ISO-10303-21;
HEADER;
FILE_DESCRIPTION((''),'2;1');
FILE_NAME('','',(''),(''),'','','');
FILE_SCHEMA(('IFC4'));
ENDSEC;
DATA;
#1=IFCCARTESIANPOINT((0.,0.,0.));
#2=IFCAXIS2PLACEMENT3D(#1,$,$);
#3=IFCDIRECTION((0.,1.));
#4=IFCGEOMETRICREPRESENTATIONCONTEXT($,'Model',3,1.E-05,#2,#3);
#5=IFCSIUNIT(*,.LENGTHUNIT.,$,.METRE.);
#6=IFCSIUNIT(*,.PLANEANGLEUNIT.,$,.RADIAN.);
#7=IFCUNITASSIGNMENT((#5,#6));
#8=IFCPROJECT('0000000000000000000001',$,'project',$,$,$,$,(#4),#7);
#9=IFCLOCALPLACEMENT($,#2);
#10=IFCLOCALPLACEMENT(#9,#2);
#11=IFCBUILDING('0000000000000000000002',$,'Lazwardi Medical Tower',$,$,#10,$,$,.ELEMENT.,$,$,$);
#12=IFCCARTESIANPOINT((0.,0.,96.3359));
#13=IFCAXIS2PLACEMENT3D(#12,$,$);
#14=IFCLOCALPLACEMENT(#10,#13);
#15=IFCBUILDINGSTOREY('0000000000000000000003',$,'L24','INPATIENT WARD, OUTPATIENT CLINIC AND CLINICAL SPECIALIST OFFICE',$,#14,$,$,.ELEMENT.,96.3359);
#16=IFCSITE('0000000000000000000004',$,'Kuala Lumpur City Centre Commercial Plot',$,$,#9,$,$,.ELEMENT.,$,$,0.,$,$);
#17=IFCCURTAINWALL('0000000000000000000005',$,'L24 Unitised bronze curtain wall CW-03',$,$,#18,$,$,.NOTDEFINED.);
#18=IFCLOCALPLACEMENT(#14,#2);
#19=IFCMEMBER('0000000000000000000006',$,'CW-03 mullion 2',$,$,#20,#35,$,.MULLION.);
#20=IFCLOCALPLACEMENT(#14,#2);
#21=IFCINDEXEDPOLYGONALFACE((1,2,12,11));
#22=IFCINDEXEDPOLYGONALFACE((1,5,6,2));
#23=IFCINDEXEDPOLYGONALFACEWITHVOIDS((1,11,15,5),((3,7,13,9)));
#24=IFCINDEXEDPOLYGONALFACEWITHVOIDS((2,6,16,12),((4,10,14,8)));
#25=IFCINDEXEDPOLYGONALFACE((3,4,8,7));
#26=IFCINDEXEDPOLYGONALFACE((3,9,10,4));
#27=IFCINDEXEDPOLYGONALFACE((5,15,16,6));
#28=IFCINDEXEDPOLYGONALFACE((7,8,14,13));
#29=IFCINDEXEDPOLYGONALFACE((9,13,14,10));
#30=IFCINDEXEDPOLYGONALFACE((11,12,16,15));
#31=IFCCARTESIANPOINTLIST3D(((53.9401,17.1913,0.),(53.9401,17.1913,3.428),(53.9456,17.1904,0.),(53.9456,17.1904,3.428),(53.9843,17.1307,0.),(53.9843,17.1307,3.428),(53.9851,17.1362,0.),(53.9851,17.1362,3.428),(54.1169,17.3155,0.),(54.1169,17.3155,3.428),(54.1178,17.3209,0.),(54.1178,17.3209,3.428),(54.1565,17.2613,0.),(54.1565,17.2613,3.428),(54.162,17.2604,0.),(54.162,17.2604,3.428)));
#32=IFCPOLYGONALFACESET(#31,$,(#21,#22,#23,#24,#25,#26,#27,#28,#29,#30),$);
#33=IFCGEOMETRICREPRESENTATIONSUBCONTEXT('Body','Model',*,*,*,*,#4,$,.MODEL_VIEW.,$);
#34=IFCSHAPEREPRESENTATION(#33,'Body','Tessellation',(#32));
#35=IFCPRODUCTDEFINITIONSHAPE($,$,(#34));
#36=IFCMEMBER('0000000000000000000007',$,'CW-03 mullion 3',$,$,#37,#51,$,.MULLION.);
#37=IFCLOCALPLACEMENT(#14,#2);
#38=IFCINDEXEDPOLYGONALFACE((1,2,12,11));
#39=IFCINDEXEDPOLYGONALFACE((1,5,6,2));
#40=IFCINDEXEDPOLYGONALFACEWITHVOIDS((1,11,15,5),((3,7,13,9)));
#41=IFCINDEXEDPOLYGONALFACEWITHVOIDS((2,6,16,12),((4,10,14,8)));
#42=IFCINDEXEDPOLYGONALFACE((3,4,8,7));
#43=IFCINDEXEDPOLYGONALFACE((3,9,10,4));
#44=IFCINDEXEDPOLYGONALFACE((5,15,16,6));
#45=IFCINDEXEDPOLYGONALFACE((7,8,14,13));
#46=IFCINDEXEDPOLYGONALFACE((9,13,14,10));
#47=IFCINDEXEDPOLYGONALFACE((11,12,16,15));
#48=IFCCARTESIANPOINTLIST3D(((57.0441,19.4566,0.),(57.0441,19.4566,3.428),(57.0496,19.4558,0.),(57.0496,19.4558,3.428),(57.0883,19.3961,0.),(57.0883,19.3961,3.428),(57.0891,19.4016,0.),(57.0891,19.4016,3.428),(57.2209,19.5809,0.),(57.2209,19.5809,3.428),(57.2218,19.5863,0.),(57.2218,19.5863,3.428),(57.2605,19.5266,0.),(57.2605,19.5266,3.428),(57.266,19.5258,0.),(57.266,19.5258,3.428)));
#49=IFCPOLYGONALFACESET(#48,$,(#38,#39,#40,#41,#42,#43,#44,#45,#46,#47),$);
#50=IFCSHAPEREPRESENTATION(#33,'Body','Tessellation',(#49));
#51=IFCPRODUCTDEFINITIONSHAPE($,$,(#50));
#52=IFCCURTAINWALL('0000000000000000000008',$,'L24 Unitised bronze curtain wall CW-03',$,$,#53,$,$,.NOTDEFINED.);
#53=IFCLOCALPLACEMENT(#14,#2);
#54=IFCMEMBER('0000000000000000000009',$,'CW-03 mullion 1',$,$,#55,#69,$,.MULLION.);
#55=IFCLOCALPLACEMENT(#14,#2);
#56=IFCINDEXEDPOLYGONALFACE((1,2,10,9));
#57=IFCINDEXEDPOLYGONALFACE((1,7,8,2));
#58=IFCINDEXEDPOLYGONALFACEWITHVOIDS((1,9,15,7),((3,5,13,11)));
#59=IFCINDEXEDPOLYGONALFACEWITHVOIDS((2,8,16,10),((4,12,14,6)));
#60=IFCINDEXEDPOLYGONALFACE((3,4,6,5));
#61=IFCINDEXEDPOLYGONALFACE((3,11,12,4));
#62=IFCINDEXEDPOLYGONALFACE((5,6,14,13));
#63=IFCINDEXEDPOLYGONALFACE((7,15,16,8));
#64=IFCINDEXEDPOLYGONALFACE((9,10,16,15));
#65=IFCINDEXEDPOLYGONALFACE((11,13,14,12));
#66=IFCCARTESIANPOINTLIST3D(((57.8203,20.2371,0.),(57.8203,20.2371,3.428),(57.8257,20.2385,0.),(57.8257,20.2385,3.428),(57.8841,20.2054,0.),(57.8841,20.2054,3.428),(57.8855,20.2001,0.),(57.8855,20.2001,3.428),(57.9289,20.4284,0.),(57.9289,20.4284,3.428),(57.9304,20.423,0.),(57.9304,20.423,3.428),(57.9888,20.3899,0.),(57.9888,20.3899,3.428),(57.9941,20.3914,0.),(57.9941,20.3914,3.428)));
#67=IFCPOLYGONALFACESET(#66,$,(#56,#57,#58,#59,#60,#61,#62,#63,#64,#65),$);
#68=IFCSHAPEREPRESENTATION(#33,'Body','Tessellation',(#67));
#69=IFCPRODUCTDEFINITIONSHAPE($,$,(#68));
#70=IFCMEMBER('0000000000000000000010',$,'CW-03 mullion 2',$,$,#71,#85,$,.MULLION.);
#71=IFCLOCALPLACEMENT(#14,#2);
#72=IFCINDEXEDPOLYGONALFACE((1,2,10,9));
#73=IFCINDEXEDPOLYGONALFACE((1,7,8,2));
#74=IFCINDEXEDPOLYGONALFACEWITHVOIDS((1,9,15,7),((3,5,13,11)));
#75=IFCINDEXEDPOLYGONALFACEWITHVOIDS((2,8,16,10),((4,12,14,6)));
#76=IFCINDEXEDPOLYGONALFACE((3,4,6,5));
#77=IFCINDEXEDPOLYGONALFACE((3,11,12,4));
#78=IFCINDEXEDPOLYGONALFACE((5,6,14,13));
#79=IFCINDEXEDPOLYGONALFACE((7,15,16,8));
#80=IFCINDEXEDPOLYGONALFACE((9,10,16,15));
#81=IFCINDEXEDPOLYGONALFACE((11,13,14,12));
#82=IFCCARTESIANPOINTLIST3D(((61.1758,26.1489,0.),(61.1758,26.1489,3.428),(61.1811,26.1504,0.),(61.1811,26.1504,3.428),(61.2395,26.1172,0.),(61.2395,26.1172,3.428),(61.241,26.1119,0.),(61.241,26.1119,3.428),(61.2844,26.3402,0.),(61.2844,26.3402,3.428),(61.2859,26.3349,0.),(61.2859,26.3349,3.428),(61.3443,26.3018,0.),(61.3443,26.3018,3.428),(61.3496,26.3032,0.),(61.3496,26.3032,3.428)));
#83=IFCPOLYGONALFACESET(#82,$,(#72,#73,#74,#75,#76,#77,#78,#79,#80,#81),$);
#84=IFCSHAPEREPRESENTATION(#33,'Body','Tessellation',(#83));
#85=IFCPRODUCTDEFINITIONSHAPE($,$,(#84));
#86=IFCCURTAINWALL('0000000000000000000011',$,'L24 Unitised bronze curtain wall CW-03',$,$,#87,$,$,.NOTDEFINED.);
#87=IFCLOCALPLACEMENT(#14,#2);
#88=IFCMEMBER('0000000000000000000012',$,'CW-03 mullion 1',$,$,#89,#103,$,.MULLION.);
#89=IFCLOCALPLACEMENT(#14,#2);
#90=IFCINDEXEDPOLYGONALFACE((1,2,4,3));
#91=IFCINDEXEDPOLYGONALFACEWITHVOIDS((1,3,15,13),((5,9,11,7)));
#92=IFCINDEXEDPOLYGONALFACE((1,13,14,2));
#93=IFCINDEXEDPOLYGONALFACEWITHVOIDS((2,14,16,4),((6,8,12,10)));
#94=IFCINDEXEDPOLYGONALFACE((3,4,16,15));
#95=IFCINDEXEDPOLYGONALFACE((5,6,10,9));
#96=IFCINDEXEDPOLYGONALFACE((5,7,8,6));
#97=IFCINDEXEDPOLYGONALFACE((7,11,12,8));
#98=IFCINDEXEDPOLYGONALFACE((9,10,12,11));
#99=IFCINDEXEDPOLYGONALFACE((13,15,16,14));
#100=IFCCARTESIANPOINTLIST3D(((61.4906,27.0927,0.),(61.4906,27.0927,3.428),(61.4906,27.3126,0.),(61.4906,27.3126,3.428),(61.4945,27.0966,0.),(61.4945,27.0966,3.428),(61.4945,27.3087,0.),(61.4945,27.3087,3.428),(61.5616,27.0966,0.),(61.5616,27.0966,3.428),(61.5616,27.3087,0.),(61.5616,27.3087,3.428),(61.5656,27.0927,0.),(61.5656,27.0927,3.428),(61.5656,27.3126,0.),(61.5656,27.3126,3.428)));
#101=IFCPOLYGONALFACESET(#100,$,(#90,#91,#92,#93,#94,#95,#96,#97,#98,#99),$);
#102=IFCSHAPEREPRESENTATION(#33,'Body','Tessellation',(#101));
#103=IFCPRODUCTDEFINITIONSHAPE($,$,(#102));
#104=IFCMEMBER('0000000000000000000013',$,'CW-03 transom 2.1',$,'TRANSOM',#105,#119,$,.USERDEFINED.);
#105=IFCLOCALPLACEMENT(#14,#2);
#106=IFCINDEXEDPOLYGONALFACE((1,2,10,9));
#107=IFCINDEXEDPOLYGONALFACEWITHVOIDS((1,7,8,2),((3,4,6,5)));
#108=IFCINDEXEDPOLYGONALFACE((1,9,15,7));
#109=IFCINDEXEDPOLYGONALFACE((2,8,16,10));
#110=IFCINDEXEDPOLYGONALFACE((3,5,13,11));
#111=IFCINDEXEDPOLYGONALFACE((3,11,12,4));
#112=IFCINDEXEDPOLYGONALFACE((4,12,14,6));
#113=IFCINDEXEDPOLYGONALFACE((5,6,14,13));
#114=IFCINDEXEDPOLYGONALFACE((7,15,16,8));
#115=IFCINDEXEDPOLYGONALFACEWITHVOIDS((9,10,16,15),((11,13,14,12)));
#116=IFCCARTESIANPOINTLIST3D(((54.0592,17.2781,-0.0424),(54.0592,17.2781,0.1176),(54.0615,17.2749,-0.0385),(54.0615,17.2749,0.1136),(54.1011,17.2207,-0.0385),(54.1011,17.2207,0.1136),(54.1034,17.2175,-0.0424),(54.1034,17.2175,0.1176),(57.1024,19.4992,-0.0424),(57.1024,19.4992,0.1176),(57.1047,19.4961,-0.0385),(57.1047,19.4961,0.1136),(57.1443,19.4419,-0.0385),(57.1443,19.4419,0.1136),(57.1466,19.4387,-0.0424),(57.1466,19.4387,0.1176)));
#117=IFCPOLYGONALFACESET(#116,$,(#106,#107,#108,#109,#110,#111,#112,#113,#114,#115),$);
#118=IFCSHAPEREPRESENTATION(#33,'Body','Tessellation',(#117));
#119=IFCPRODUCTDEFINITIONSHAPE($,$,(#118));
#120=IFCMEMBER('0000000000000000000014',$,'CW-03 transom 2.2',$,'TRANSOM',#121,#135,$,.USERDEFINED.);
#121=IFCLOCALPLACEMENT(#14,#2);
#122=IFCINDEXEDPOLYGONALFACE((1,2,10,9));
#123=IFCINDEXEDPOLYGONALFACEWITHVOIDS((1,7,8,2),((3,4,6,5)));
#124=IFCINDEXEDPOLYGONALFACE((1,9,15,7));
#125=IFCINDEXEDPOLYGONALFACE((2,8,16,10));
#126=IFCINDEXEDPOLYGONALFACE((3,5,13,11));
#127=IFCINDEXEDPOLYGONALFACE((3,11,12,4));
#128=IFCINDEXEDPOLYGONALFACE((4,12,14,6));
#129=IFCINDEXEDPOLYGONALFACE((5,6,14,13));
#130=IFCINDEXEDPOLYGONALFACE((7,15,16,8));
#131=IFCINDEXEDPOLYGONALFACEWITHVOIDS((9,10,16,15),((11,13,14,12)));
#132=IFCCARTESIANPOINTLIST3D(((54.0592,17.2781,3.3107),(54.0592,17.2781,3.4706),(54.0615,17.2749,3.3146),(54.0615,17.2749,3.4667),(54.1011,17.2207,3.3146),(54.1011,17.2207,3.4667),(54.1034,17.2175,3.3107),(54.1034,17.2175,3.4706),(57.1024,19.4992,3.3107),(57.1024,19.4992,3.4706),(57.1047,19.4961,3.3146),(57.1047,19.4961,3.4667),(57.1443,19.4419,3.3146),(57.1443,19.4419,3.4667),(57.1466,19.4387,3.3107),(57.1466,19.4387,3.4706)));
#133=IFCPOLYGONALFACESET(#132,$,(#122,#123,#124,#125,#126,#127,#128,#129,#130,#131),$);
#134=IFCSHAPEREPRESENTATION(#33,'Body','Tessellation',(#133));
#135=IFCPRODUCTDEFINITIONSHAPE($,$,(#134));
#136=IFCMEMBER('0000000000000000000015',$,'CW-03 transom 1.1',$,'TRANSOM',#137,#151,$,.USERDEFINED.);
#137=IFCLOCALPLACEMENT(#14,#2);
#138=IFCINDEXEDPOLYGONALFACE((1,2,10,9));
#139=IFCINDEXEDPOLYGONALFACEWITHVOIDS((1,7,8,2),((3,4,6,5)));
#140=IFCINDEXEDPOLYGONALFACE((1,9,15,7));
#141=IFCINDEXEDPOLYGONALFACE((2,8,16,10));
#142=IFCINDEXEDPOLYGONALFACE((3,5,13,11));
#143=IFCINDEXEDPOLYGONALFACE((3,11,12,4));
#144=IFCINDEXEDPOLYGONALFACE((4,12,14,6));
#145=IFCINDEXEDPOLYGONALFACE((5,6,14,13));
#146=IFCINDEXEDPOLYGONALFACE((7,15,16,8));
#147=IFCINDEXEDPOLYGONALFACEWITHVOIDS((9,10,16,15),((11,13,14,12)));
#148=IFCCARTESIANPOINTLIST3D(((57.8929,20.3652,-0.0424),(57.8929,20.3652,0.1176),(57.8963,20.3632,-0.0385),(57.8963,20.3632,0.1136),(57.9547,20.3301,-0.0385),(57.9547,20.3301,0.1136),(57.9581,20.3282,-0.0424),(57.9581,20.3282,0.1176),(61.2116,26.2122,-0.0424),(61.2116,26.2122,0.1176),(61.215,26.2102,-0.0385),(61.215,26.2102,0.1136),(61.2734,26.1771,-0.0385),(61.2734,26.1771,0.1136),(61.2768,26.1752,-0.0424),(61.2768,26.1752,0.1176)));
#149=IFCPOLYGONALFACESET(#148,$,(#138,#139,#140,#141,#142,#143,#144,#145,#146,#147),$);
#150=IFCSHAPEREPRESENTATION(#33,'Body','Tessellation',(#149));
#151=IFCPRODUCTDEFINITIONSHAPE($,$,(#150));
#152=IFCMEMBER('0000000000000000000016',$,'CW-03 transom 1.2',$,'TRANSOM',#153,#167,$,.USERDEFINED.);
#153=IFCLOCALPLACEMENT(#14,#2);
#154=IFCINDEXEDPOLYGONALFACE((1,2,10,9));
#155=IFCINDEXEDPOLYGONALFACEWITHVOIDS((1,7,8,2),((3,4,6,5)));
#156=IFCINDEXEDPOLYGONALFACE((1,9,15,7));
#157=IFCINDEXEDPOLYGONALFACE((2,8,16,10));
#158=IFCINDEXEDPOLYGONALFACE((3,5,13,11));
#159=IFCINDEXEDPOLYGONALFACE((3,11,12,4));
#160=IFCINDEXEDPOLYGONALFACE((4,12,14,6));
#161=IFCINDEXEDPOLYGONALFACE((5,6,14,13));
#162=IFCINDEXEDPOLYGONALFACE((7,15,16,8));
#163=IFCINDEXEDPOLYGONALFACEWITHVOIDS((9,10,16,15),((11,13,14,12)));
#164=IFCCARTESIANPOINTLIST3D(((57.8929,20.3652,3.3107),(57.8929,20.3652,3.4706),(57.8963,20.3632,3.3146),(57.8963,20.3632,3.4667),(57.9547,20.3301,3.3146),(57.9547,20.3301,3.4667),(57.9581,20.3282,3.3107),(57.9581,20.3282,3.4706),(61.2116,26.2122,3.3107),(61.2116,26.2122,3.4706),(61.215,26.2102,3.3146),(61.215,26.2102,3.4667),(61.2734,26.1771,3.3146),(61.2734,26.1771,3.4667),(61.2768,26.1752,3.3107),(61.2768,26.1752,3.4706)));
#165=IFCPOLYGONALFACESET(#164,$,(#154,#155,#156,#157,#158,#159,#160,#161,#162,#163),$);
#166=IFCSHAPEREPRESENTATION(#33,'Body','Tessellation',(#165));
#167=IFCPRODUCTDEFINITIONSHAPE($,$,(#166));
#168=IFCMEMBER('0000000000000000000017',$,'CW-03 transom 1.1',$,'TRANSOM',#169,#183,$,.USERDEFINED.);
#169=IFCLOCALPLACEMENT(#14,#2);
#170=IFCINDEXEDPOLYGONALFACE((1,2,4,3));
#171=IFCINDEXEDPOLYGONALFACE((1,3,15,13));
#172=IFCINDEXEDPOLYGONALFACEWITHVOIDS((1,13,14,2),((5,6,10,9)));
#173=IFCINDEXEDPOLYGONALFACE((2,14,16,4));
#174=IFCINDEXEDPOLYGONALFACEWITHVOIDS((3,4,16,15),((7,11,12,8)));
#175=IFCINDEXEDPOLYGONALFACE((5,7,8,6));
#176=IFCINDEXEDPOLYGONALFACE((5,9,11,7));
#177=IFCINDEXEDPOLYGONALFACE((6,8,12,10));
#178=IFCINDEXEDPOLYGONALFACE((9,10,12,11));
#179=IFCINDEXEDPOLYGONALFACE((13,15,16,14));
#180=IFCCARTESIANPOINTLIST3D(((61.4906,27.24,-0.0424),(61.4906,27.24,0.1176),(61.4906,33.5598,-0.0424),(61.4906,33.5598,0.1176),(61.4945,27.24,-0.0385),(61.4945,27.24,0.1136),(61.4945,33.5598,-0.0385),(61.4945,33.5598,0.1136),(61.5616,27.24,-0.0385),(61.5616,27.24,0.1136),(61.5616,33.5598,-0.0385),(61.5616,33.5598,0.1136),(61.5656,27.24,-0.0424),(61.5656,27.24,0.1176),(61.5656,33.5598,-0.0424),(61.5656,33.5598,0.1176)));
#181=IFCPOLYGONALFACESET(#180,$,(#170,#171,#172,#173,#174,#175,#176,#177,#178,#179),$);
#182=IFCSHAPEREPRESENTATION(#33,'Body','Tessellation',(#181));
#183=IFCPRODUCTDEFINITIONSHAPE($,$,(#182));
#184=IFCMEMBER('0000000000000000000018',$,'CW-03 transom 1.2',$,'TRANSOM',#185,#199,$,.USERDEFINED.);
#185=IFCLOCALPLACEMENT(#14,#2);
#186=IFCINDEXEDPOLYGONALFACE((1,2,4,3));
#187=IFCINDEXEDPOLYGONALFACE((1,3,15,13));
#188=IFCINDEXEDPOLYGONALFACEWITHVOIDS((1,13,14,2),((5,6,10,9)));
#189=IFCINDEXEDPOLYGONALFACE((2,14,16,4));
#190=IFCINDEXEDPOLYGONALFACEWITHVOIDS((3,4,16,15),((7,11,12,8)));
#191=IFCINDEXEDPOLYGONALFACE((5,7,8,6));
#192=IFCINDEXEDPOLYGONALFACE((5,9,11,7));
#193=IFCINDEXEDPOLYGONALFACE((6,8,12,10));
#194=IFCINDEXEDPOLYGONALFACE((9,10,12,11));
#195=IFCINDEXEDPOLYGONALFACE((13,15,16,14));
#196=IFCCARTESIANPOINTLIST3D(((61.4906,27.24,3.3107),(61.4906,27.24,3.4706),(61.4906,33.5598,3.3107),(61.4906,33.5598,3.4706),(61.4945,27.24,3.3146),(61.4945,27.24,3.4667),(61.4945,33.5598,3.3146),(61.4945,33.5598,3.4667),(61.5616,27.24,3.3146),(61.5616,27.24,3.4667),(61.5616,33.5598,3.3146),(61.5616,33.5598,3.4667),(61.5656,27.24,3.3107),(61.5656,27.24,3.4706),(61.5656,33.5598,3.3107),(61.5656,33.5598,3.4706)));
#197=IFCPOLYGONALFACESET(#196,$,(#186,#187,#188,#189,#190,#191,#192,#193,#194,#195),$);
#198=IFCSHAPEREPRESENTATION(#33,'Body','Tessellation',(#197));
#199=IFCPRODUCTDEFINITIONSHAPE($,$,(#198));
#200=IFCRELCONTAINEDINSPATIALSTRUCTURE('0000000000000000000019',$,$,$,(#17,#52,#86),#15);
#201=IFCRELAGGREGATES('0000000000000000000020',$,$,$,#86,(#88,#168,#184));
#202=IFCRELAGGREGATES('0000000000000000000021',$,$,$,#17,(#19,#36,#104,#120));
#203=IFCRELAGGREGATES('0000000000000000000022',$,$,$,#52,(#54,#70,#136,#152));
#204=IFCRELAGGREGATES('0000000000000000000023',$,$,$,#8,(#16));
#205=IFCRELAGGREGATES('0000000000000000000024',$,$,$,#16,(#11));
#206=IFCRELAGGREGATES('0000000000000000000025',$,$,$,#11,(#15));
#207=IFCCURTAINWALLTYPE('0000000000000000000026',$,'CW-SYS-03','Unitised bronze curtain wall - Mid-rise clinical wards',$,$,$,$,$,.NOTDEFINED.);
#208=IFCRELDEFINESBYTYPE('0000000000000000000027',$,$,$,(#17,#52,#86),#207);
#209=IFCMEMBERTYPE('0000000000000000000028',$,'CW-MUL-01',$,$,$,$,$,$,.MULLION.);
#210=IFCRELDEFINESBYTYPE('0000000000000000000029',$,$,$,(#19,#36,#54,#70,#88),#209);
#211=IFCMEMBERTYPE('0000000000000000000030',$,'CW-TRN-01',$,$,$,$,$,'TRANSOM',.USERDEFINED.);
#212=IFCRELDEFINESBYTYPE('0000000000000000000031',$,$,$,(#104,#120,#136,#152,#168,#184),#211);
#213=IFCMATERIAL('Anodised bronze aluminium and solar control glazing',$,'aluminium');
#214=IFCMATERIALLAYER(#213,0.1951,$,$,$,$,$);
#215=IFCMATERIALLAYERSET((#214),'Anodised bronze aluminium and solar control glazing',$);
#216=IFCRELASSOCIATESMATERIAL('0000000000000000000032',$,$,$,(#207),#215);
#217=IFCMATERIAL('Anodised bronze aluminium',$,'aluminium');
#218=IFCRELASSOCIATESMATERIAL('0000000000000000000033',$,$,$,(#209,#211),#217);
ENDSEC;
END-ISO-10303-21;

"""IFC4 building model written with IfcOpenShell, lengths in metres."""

from ifc_helpers import new_model, si_unit, direction, frame, origin, origin_2d, place, context, subcontext, project, spatial, hollow_rectangle, extrude, material, layer, layer_set, material_profile, profile_set, type_object, element, aggregate, save


model = new_model("IFC4")

# Units and contexts
model_context = context("Model", 3, precision=1e-05, world=origin(), true_north=direction((0.0, 1.0)))
body_context = subcontext(model_context, "Body", "Model", "MODEL_VIEW")
ifc_project = project(units=[si_unit("LENGTHUNIT", "METRE"), si_unit("PLANEANGLEUNIT", "RADIAN")], contexts=[model_context])

# Site, building, storey
site_placement = place(None, origin())
site = spatial("IfcSite", under=ifc_project, at=site_placement, Name="Kuala Lumpur City Centre Commercial Plot", CompositionType="ELEMENT", RefElevation=0.0)
building_placement = place(site_placement, origin())
building = spatial("IfcBuilding", under=site, at=building_placement, Name="Lazwardi Medical Tower", CompositionType="ELEMENT")
storey_placement = place(building_placement, frame((0.0, 0.0, 96.3359)))
storey = spatial("IfcBuildingStorey", under=building, at=storey_placement, Name="L24", Description="INPATIENT WARD, OUTPATIENT CLINIC AND CLINICAL SPECIALIST OFFICE", CompositionType="ELEMENT", Elevation=96.3359)

# Curtain walls, members
ifc_material_1 = material(Name="Anodised bronze aluminium and solar control glazing", Category="aluminium")
ifc_layer_1 = layer(ifc_material_1, 0.1951)
ifc_layer_set_1 = layer_set([ifc_layer_1], Name="Anodised bronze aluminium and solar control glazing")
curtain_wall_type = type_object("IfcCurtainWallType", Name="CW-SYS-03", Description="Unitised bronze curtain wall - Mid-rise clinical wards", PredefinedType="NOTDEFINED", material=ifc_layer_set_1)
curtain_wall_1_placement = place(storey_placement, origin())
curtain_wall_1 = element("IfcCurtainWall", 1, at=curtain_wall_1_placement, inside=storey, type_object=curtain_wall_type, Name="L24 Unitised bronze curtain wall CW-03", PredefinedType="NOTDEFINED")
ifc_material_2 = material(Name="Anodised bronze aluminium", Category="aluminium")
ifc_material_profile_1 = material_profile(ifc_material_2, hollow_rectangle(XDim=0.075, YDim=0.22, WallThickness=0.0039, at=origin_2d()), Name="ALU-MULLION 220x75x4")
ifc_profile_set_1 = profile_set([ifc_material_profile_1], Name="Anodised bronze aluminium")
member_type_1 = type_object("IfcMemberType", Name="CW-MUL-01", PredefinedType="MULLION", material=ifc_profile_set_1)
member_1_placement = place(storey_placement, frame((54.051, 17.2258, 0.0), z_axis=(0.0, 0.0, 1.0), x_axis=(-0.589531, 0.807746, 0.0)))
member_1 = element("IfcMember", 2, at=member_1_placement, type_object=member_type_1, Name="CW-03 mullion 2", PredefinedType="MULLION", context=body_context, shape_type="SweptSolid", body=[
    extrude(hollow_rectangle(XDim=0.075, YDim=0.22, WallThickness=0.0039, at=origin_2d()), origin(), (0.0, 0.0, 1.0), 3.428),
])
member_2_placement = place(storey_placement, frame((57.155, 19.4912, 0.0), z_axis=(0.0, 0.0, 1.0), x_axis=(-0.589531, 0.807746, 0.0)))
member_2 = element("IfcMember", 3, at=member_2_placement, type_object=member_type_1, Name="CW-03 mullion 3", PredefinedType="MULLION", context=body_context, shape_type="SweptSolid", body=[
    extrude(hollow_rectangle(XDim=0.075, YDim=0.22, WallThickness=0.0039, at=origin_2d()), origin(), (0.0, 0.0, 1.0), 3.428),
])
curtain_wall_2_placement = place(storey_placement, origin())
curtain_wall_2 = element("IfcCurtainWall", 4, at=curtain_wall_2_placement, inside=storey, type_object=curtain_wall_type, Name="L24 Unitised bronze curtain wall CW-03", PredefinedType="NOTDEFINED")
member_3_placement = place(storey_placement, frame((57.9072, 20.3142, 0.0), z_axis=(0.0, 0.0, 1.0), x_axis=(-0.869687, 0.493603, 0.0)))
member_3 = element("IfcMember", 5, at=member_3_placement, type_object=member_type_1, Name="CW-03 mullion 1", PredefinedType="MULLION", context=body_context, shape_type="SweptSolid", body=[
    extrude(hollow_rectangle(XDim=0.075, YDim=0.22, WallThickness=0.0039, at=origin_2d()), origin(), (0.0, 0.0, 1.0), 3.428),
])
member_4_placement = place(storey_placement, frame((61.2627, 26.2261, 0.0), z_axis=(0.0, 0.0, 1.0), x_axis=(-0.869687, 0.493603, 0.0)))
member_4 = element("IfcMember", 6, at=member_4_placement, type_object=member_type_1, Name="CW-03 mullion 2", PredefinedType="MULLION", context=body_context, shape_type="SweptSolid", body=[
    extrude(hollow_rectangle(XDim=0.075, YDim=0.22, WallThickness=0.0039, at=origin_2d()), origin(), (0.0, 0.0, 1.0), 3.428),
])

# Curtain wall, member
curtain_wall_3_placement = place(storey_placement, origin())
curtain_wall_3 = element("IfcCurtainWall", 7, at=curtain_wall_3_placement, inside=storey, type_object=curtain_wall_type, Name="L24 Unitised bronze curtain wall CW-03", PredefinedType="NOTDEFINED")
member_5_placement = place(storey_placement, frame((61.5281, 27.2026, 0.0), z_axis=(0.0, 0.0, 1.0), x_axis=(-1.0, 0.0, 0.0)))
member_5 = element("IfcMember", 8, at=member_5_placement, type_object=member_type_1, Name="CW-03 mullion 1", PredefinedType="MULLION", context=body_context, shape_type="SweptSolid", body=[
    extrude(hollow_rectangle(XDim=0.075, YDim=0.22, WallThickness=0.0039, at=origin_2d()), origin(), (0.0, 0.0, 1.0), 3.428),
])

# Members
ifc_material_profile_2 = material_profile(ifc_material_2, hollow_rectangle(XDim=0.075, YDim=0.1599, WallThickness=0.0039, at=origin_2d()), Name="ALU-TRANSOM 160x75x4")
ifc_profile_set_2 = profile_set([ifc_material_profile_2], Name="Anodised bronze aluminium")
member_type_2 = type_object("IfcMemberType", Name="CW-TRN-01", ElementType="TRANSOM", PredefinedType="USERDEFINED", material=ifc_profile_set_2)
member_6_placement = place(storey_placement, frame((54.0813, 17.2478, 0.0376), z_axis=(0.807732, 0.58955, 0.0), x_axis=(-0.58955, 0.807732, 0.0)))
member_6 = element("IfcMember", 9, at=member_6_placement, type_object=member_type_2, Name="CW-03 transom 2.1", ObjectType="TRANSOM", PredefinedType="USERDEFINED", context=body_context, shape_type="SweptSolid", body=[
    extrude(hollow_rectangle(XDim=0.075, YDim=0.1599, WallThickness=0.0039, at=origin_2d()), origin(), (0.0, 0.0, 1.0), 3.7676),
])
member_7_placement = place(storey_placement, frame((54.0813, 17.2478, 3.3906), z_axis=(0.807732, 0.58955, 0.0), x_axis=(-0.58955, 0.807732, 0.0)))
member_7 = element("IfcMember", 10, at=member_7_placement, type_object=member_type_2, Name="CW-03 transom 2.2", ObjectType="TRANSOM", PredefinedType="USERDEFINED", context=body_context, shape_type="SweptSolid", body=[
    extrude(hollow_rectangle(XDim=0.075, YDim=0.1599, WallThickness=0.0039, at=origin_2d()), origin(), (0.0, 0.0, 1.0), 3.7676),
])
member_8_placement = place(storey_placement, frame((57.9255, 20.3467, 0.0376), z_axis=(0.493614, 0.869681, 0.0), x_axis=(-0.869681, 0.493614, 0.0)))
member_8 = element("IfcMember", 11, at=member_8_placement, type_object=member_type_2, Name="CW-03 transom 1.1", ObjectType="TRANSOM", PredefinedType="USERDEFINED", context=body_context, shape_type="SweptSolid", body=[
    extrude(hollow_rectangle(XDim=0.075, YDim=0.1599, WallThickness=0.0039, at=origin_2d()), origin(), (0.0, 0.0, 1.0), 6.7231),
])
member_9_placement = place(storey_placement, frame((57.9255, 20.3467, 3.3906), z_axis=(0.493614, 0.869681, 0.0), x_axis=(-0.869681, 0.493614, 0.0)))
member_9 = element("IfcMember", 12, at=member_9_placement, type_object=member_type_2, Name="CW-03 transom 1.2", ObjectType="TRANSOM", PredefinedType="USERDEFINED", context=body_context, shape_type="SweptSolid", body=[
    extrude(hollow_rectangle(XDim=0.075, YDim=0.1599, WallThickness=0.0039, at=origin_2d()), origin(), (0.0, 0.0, 1.0), 6.7231),
])
member_10_placement = place(storey_placement, frame((61.5281, 27.24, 0.0376), z_axis=(0.0, 1.0, 0.0), x_axis=(-1.0, 0.0, 0.0)))
member_10 = element("IfcMember", 13, at=member_10_placement, type_object=member_type_2, Name="CW-03 transom 1.1", ObjectType="TRANSOM", PredefinedType="USERDEFINED", context=body_context, shape_type="SweptSolid", body=[
    extrude(hollow_rectangle(XDim=0.075, YDim=0.1599, WallThickness=0.0039, at=origin_2d()), origin(), (0.0, 0.0, 1.0), 6.3198),
])
member_11_placement = place(storey_placement, frame((61.5281, 27.24, 3.3906), z_axis=(0.0, 1.0, 0.0), x_axis=(-1.0, 0.0, 0.0)))
member_11 = element("IfcMember", 14, at=member_11_placement, type_object=member_type_2, Name="CW-03 transom 1.2", ObjectType="TRANSOM", PredefinedType="USERDEFINED", context=body_context, shape_type="SweptSolid", body=[
    extrude(hollow_rectangle(XDim=0.075, YDim=0.1599, WallThickness=0.0039, at=origin_2d()), origin(), (0.0, 0.0, 1.0), 6.3198),
])
aggregate(curtain_wall_3, [member_5, member_10, member_11])

aggregate(curtain_wall_1, [member_1, member_2, member_6, member_7])
aggregate(curtain_wall_2, [member_3, member_4, member_8, member_9])

save(model, "model.ifc")
